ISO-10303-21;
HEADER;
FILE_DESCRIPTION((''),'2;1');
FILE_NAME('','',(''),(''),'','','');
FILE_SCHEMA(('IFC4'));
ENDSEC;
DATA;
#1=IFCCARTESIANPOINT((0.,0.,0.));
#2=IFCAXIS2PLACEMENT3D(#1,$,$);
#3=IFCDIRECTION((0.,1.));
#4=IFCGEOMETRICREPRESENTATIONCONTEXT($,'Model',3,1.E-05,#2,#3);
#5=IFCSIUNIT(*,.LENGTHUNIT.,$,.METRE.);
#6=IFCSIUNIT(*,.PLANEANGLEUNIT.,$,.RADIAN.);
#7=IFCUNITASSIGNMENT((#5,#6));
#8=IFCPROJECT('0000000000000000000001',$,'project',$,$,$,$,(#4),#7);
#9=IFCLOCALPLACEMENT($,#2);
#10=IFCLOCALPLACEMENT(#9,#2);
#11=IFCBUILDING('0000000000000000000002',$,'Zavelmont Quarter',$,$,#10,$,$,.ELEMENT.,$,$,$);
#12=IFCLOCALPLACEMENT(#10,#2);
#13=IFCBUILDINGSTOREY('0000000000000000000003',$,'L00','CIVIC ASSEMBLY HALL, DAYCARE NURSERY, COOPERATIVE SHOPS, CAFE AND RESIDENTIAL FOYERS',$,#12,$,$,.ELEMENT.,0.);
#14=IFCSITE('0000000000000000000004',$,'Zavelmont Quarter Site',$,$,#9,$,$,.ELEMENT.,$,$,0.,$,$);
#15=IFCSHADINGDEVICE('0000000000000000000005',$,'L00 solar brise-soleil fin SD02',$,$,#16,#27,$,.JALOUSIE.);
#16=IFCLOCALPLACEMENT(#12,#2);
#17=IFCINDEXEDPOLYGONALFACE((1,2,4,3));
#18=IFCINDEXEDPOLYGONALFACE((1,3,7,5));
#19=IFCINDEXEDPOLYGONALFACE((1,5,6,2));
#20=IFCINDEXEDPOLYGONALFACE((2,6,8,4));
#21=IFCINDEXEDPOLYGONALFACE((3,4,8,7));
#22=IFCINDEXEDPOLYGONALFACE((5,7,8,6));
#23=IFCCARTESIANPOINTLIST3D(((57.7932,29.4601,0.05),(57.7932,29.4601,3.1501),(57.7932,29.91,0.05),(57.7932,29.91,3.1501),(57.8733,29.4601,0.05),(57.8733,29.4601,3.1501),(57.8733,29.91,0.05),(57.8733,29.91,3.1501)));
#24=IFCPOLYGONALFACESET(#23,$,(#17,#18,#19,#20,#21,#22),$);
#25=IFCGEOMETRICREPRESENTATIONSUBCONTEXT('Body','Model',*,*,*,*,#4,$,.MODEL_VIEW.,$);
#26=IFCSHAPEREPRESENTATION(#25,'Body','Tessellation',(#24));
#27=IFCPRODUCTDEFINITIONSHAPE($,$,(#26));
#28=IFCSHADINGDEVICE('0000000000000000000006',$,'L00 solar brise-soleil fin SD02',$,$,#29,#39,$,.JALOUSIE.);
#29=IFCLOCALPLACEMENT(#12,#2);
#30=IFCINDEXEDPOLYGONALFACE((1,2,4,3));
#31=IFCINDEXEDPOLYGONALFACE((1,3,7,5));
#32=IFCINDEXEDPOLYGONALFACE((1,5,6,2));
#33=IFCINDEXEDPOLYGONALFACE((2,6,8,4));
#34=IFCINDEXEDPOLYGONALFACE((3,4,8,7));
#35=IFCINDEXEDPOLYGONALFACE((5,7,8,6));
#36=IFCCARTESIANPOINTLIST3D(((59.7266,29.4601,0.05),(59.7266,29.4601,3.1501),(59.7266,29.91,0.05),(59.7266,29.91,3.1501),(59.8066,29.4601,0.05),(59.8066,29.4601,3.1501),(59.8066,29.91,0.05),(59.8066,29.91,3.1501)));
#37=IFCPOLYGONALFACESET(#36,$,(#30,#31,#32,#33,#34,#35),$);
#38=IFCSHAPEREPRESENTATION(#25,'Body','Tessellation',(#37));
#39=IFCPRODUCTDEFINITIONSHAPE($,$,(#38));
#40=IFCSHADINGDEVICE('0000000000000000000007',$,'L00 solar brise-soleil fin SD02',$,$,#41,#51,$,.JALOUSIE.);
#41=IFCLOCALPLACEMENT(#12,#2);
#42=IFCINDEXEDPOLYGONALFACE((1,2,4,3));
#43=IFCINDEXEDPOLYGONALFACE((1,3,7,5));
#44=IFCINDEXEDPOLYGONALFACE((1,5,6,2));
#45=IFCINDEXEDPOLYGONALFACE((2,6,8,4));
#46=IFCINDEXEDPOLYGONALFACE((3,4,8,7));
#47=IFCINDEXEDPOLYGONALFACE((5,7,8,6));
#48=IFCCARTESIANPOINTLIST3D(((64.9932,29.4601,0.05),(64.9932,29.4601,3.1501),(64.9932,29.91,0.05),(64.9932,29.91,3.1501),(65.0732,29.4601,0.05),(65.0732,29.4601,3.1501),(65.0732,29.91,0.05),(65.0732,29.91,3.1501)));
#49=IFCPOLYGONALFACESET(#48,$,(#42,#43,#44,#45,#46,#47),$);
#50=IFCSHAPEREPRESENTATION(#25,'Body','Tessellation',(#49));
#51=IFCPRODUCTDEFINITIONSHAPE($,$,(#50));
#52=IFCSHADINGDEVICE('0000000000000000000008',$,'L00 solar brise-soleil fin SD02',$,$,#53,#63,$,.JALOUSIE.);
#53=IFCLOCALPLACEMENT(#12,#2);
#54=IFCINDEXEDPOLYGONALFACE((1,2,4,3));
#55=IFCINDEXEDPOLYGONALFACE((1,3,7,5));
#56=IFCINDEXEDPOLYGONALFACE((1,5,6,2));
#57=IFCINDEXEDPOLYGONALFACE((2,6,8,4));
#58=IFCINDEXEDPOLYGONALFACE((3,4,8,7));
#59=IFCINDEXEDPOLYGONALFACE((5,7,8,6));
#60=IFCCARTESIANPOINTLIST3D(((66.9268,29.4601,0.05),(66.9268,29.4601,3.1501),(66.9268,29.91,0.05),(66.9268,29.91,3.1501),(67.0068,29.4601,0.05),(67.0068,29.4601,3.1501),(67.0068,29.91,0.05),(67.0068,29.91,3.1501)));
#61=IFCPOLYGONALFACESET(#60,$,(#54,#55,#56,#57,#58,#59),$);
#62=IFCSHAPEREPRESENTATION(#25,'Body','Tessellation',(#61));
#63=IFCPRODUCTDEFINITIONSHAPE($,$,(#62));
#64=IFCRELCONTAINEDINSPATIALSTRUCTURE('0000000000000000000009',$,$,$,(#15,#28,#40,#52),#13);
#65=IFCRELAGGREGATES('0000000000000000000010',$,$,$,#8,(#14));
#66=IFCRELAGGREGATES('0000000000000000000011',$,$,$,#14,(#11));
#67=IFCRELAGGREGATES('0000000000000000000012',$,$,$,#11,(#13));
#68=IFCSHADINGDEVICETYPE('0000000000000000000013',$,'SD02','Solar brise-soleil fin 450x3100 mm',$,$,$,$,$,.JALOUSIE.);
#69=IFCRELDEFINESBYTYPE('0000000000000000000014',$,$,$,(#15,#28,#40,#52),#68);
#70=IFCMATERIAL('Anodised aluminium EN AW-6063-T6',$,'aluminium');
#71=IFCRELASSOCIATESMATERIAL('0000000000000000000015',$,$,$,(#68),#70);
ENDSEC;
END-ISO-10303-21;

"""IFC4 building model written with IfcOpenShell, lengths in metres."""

from ifc_helpers import new_model, si_unit, direction, frame, origin, origin_2d, place, context, subcontext, project, spatial, rectangle, extrude, material, type_object, element, save


model = new_model("IFC4")

# Units and contexts
model_context = context("Model", 3, precision=1e-05, world=origin(), true_north=direction((0.0, 1.0)))
body_context = subcontext(model_context, "Body", "Model", "MODEL_VIEW")
ifc_project = project(units=[si_unit("LENGTHUNIT", "METRE"), si_unit("PLANEANGLEUNIT", "RADIAN")], contexts=[model_context])

# Site, building, storey
site_placement = place(None, origin())
site = spatial("IfcSite", under=ifc_project, at=site_placement, Name="Zavelmont Quarter Site", CompositionType="ELEMENT", RefElevation=0.0)
building_placement = place(site_placement, origin())
building = spatial("IfcBuilding", under=site, at=building_placement, Name="Zavelmont Quarter", CompositionType="ELEMENT")
storey_placement = place(building_placement, origin())
storey = spatial("IfcBuildingStorey", under=building, at=storey_placement, Name="L00", Description="CIVIC ASSEMBLY HALL, DAYCARE NURSERY, COOPERATIVE SHOPS, CAFE AND RESIDENTIAL FOYERS", CompositionType="ELEMENT", Elevation=0.0)

# Shading devices
ifc_material_1 = material(Name="Anodised aluminium EN AW-6063-T6", Category="aluminium")
shading_device_type_1 = type_object("IfcShadingDeviceType", Name="SD02", Description="Solar brise-soleil fin 450x3100 mm", PredefinedType="JALOUSIE", material=ifc_material_1)
for number, where, z_axis, x_axis, name in (
    (1, (57.8333, 29.6851, 0.05), (0.0, 0.0, 1.0), (1.0, 0.0, 0.0), "L00 solar brise-soleil fin SD02"),
    (2, (59.7666, 29.6851, 0.05), (0.0, 0.0, 1.0), (1.0, 0.0, 0.0), "L00 solar brise-soleil fin SD02"),
    (3, (65.0332, 29.6851, 0.05), (0.0, 0.0, 1.0), (1.0, 0.0, 0.0), "L00 solar brise-soleil fin SD02"),
    (4, (66.9668, 29.6851, 0.05), (0.0, 0.0, 1.0), (1.0, 0.0, 0.0), "L00 solar brise-soleil fin SD02"),
):
    element("IfcShadingDevice", number, at=place(storey_placement, frame(where, z_axis=z_axis, x_axis=x_axis)), inside=storey, type_object=shading_device_type_1, Name=name, PredefinedType="JALOUSIE", context=body_context, shape_type="SweptSolid", body=[
        extrude(rectangle(XDim=0.0801, YDim=0.45, at=origin_2d()), origin(), (0.0, 0.0, 1.0), 3.1001),
    ])

save(model, "model.ifc")
